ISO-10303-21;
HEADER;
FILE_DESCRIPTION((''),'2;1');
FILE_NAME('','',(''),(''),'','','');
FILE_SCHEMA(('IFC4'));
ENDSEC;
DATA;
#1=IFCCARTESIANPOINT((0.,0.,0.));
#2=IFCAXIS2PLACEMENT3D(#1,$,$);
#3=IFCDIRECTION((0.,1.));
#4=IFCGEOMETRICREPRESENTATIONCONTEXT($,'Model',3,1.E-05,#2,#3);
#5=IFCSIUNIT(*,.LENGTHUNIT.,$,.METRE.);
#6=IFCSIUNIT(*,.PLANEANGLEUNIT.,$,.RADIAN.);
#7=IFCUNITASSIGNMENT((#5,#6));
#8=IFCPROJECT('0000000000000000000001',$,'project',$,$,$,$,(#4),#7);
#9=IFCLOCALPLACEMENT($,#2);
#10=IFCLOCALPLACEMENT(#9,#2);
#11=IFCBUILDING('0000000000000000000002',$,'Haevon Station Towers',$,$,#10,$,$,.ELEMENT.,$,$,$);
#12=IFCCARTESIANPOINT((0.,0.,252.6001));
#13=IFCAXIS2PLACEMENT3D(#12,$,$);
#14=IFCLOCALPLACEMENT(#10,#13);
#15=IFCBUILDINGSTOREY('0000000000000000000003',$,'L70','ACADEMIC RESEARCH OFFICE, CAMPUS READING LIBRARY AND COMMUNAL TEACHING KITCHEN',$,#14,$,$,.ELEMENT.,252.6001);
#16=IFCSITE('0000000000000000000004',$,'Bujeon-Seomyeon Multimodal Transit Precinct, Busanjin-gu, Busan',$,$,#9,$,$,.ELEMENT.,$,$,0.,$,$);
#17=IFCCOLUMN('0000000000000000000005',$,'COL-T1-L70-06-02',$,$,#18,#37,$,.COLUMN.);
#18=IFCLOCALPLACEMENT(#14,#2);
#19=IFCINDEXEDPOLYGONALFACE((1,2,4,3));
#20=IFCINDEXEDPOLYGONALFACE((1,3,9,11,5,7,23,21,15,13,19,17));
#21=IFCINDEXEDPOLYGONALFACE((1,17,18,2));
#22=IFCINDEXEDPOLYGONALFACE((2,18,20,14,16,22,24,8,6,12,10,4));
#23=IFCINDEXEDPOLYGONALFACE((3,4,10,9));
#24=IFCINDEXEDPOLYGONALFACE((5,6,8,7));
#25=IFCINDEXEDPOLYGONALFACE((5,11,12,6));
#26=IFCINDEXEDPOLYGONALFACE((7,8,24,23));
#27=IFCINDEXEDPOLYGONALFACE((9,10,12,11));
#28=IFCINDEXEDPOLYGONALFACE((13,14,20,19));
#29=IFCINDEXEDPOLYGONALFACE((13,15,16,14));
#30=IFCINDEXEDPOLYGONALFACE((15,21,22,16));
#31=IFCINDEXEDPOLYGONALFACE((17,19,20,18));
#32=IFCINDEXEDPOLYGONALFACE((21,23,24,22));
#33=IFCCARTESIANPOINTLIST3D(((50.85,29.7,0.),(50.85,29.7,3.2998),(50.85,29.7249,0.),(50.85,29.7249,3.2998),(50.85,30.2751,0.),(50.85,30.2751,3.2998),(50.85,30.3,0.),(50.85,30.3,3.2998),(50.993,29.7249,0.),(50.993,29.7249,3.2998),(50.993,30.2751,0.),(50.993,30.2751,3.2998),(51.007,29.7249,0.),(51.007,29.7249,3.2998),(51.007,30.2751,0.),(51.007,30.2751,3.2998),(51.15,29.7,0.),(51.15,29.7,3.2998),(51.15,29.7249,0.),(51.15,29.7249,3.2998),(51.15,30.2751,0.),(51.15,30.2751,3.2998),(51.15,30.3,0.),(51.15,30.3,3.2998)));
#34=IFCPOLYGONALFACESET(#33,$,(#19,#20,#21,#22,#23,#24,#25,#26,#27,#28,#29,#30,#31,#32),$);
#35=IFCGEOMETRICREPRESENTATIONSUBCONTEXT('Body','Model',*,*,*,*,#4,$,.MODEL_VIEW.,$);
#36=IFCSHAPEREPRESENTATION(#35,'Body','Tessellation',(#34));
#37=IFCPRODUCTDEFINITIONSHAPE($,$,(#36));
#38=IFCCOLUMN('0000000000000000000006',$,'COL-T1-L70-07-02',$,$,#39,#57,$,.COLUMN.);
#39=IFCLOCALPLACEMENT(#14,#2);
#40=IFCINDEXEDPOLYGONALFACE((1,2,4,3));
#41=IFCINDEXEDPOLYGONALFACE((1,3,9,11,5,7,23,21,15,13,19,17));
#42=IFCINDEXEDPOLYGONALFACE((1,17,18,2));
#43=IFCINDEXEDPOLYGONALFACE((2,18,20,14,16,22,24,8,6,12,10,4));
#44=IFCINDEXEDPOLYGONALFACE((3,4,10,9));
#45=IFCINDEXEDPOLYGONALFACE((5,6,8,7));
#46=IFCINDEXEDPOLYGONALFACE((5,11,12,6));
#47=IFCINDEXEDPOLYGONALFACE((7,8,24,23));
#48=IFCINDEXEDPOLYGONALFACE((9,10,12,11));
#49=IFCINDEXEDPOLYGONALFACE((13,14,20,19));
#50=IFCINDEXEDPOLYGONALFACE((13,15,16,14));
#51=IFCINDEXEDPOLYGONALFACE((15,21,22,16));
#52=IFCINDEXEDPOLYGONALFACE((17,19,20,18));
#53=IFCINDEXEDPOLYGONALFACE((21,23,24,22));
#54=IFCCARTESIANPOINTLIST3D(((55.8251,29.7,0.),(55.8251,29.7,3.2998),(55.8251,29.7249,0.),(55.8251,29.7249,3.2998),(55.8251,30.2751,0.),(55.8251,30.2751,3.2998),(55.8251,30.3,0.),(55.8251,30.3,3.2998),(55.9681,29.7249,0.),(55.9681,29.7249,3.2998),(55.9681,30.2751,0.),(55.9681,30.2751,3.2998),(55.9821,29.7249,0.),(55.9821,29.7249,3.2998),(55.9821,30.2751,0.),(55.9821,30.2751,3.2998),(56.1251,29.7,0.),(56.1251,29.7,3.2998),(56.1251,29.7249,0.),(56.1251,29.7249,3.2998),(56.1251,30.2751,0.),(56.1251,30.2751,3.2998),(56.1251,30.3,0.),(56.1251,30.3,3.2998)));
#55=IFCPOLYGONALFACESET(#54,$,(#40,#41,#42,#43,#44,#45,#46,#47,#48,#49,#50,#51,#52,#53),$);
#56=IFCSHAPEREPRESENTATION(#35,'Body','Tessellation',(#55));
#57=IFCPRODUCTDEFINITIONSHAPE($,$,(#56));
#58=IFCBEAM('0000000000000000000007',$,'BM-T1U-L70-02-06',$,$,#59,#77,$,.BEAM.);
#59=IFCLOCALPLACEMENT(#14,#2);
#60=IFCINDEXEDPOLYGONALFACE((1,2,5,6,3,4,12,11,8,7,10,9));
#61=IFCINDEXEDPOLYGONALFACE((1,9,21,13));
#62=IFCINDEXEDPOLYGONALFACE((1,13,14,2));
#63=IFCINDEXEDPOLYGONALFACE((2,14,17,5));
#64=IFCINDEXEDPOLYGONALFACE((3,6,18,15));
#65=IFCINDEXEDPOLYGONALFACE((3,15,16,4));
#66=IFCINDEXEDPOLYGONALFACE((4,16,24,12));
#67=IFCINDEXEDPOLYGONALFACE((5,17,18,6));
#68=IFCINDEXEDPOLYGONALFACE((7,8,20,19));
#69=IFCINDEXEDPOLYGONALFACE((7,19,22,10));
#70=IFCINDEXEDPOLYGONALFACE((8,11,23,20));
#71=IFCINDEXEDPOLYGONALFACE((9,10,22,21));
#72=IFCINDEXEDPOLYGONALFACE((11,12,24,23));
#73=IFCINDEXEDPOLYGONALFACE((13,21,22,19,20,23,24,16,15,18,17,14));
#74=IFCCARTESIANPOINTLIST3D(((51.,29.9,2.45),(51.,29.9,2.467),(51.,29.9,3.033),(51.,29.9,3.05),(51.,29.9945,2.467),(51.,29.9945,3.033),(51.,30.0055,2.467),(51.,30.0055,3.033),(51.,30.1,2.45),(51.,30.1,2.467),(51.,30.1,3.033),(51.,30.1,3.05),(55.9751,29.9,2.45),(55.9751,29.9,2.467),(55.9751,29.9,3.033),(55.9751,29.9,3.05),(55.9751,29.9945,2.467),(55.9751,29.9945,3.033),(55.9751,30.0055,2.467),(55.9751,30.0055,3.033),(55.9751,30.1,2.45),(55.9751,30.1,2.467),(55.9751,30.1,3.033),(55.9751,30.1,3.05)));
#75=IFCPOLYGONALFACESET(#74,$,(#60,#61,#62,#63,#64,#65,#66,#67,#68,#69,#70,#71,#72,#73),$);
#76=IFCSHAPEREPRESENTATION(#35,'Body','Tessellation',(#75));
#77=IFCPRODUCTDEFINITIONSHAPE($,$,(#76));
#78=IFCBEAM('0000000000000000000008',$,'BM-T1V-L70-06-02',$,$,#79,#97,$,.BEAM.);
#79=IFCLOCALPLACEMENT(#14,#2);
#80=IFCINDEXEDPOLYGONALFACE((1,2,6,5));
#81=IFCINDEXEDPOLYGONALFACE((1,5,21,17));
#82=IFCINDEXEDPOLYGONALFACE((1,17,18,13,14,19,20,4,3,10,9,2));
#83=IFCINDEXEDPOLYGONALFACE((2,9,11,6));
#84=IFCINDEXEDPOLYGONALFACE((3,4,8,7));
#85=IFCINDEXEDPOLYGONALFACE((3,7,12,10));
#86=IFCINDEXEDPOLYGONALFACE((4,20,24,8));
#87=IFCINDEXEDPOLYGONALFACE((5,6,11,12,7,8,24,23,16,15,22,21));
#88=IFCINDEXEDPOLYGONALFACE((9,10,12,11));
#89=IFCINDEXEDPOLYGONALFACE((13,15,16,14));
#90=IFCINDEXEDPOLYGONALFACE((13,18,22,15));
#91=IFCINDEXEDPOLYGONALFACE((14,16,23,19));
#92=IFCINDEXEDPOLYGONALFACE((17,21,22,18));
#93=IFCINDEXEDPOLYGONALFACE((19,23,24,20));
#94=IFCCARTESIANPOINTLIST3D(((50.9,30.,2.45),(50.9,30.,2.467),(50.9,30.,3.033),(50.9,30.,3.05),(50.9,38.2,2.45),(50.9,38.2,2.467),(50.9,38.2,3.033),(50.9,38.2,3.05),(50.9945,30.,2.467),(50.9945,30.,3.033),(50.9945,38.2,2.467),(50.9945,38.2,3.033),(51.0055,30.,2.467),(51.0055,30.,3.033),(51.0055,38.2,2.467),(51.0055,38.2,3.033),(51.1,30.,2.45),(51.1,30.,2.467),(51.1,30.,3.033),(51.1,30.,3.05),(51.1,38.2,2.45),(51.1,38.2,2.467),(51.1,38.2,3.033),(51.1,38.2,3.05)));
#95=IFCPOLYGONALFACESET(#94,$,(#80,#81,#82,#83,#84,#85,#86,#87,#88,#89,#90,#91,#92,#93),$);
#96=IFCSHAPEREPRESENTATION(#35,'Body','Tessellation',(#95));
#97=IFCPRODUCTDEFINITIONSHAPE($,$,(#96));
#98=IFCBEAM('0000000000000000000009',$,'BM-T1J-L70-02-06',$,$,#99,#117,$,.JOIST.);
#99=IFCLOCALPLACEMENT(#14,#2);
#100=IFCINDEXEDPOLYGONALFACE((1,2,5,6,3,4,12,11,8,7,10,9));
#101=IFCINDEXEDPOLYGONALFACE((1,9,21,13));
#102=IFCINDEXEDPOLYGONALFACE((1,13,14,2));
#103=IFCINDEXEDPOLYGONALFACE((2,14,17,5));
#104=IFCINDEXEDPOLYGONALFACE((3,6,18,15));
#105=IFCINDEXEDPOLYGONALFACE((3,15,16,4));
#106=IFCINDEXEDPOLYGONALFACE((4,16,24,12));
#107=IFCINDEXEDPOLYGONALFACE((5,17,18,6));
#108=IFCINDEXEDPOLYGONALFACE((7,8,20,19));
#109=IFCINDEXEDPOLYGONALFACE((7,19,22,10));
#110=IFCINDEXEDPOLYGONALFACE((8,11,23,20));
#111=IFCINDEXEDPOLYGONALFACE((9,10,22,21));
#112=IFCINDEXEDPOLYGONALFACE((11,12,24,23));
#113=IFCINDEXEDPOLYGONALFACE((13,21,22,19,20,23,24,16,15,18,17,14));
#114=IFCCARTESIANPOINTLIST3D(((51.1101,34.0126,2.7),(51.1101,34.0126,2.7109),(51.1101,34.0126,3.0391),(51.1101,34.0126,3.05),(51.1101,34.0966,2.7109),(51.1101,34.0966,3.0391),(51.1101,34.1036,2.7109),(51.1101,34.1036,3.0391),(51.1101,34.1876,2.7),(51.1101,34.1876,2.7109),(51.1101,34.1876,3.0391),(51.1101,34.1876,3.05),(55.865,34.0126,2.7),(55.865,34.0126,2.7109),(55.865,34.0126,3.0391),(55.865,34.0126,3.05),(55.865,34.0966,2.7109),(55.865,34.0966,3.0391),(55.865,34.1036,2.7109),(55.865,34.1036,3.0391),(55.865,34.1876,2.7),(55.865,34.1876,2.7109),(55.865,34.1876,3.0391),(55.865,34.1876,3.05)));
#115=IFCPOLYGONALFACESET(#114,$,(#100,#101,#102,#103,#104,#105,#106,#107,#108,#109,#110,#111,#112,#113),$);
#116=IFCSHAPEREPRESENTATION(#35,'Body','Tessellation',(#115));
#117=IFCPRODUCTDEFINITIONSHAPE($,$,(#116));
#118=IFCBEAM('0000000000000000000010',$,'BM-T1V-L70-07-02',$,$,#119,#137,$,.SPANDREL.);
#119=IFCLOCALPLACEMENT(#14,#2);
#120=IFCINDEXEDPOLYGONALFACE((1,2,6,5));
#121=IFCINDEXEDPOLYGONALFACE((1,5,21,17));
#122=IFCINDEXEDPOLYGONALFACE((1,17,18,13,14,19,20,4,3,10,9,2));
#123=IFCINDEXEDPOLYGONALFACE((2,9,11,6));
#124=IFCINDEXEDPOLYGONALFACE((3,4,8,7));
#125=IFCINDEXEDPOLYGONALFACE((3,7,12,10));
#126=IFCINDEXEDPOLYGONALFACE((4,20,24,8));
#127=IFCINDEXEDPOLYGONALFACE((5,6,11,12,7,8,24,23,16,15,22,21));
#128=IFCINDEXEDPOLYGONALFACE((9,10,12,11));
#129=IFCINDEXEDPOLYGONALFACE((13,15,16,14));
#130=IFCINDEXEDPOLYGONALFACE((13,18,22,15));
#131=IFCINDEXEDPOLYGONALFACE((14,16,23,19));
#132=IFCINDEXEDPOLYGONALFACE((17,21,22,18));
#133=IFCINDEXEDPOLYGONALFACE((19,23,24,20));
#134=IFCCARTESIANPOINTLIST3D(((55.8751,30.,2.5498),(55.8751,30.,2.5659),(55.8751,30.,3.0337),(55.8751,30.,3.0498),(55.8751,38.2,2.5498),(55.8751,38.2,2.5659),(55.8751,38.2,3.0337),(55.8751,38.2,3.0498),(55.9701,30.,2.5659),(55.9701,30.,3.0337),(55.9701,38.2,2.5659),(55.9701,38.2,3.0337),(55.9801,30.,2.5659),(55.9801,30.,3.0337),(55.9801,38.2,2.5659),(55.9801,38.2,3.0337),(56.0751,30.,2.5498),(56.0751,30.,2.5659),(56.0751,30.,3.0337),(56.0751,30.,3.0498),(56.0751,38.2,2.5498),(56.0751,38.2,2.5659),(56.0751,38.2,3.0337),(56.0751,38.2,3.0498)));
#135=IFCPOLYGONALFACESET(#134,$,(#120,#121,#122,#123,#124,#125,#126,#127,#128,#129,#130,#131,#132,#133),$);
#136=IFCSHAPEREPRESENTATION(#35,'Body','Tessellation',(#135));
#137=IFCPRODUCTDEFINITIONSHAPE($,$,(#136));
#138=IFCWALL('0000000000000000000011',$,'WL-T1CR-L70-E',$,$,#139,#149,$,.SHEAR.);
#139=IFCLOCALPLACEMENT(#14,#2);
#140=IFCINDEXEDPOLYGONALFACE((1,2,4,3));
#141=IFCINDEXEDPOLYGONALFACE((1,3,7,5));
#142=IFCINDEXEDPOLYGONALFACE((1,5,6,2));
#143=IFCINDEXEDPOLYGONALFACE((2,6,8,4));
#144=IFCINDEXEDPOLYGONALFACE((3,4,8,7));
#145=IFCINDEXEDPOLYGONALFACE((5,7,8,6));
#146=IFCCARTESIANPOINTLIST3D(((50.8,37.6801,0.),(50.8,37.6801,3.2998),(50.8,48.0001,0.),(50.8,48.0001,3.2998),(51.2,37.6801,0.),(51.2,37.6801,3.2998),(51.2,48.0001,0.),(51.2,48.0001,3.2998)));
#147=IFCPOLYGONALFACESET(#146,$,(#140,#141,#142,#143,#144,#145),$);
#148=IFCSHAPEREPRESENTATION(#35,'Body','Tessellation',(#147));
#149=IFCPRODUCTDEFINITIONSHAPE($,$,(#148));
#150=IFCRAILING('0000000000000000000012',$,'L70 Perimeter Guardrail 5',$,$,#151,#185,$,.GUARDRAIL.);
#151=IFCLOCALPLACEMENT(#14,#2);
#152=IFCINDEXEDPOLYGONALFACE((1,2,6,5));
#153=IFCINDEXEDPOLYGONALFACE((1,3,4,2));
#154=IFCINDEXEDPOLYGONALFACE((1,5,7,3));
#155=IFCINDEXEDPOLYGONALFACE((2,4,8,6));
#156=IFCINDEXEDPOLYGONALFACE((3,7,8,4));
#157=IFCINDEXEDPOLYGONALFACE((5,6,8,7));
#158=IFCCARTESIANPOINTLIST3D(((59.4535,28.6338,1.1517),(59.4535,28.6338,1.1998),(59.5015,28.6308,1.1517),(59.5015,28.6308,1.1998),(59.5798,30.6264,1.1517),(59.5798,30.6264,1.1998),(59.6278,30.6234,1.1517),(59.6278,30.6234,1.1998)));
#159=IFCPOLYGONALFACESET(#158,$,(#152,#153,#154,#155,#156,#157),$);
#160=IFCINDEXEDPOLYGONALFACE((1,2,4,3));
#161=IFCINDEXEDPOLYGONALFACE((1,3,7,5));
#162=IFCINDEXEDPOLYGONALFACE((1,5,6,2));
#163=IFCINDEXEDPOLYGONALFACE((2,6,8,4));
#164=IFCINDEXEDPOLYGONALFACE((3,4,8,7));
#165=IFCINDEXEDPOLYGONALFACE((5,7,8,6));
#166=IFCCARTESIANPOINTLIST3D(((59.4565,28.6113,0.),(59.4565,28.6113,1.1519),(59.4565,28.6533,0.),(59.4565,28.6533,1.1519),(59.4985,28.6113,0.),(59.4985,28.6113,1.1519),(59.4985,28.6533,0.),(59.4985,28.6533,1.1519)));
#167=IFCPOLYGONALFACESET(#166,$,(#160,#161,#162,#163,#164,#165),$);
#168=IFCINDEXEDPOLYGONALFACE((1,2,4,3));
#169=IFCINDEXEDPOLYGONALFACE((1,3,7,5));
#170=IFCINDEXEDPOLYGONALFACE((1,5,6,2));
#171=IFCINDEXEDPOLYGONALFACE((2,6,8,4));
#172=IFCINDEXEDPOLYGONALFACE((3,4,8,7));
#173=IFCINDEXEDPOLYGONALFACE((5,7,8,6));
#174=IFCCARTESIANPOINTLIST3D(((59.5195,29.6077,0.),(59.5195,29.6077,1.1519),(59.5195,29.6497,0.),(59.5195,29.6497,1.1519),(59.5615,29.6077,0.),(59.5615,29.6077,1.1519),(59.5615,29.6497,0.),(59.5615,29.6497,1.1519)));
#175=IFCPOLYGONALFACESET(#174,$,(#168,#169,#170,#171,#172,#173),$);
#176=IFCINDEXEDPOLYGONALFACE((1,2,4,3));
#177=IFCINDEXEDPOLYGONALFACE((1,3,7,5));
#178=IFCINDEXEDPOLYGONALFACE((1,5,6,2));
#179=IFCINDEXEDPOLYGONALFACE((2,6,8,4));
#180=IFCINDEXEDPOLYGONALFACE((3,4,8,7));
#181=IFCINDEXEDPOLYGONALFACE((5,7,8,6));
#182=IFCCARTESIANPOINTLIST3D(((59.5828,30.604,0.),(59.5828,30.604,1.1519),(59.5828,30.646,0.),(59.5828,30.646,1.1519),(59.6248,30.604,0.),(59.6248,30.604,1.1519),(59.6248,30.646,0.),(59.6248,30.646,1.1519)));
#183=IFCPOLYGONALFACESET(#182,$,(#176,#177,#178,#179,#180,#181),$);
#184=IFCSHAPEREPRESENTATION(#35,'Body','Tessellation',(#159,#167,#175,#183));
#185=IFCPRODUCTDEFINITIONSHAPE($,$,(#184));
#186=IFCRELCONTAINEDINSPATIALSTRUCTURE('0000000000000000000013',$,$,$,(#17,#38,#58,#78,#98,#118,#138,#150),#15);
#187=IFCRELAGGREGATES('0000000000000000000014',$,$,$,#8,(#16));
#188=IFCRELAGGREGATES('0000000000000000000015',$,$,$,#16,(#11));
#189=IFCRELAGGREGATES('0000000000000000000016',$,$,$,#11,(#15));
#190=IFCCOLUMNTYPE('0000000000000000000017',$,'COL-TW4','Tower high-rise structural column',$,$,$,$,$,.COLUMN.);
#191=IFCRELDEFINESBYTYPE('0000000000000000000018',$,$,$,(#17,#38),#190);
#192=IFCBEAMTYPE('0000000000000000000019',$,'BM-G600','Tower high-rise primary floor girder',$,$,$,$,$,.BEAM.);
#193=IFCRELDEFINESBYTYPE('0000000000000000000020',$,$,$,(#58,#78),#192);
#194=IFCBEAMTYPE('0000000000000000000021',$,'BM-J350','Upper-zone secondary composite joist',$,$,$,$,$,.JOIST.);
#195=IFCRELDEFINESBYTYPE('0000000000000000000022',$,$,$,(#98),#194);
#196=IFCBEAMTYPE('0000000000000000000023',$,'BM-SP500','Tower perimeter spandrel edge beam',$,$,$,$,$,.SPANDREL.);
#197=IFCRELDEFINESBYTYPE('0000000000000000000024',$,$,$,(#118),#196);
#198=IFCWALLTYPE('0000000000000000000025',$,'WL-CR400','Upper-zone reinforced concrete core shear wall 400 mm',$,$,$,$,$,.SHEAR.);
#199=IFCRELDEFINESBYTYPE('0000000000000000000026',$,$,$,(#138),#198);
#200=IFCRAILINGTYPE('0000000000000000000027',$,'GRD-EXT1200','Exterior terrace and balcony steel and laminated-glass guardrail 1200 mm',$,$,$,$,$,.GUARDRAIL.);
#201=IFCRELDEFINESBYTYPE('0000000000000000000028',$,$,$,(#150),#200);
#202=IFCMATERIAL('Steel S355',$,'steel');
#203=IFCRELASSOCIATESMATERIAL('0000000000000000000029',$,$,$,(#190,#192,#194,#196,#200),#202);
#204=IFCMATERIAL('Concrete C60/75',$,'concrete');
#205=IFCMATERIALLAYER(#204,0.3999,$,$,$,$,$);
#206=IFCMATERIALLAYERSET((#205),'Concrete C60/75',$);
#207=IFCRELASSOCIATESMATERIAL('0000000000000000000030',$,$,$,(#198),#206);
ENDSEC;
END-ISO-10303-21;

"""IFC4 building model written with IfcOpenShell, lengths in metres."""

from ifc_helpers import new_model, si_unit, direction, frame, frame_2d, origin, origin_2d, place, context, subcontext, project, spatial, rectangle, i_section, extrude, material, layer, layer_set, material_profile, profile_set, type_object, element, save


model = new_model("IFC4")

# Units and contexts
model_context = context("Model", 3, precision=1e-05, world=origin(), true_north=direction((0.0, 1.0)))
body_context = subcontext(model_context, "Body", "Model", "MODEL_VIEW")
ifc_project = project(units=[si_unit("LENGTHUNIT", "METRE"), si_unit("PLANEANGLEUNIT", "RADIAN")], contexts=[model_context])

# Site, building, storey
site_placement = place(None, origin())
site = spatial("IfcSite", under=ifc_project, at=site_placement, Name="Bujeon-Seomyeon Multimodal Transit Precinct, Busanjin-gu, Busan", CompositionType="ELEMENT", RefElevation=0.0)
building_placement = place(site_placement, origin())
building = spatial("IfcBuilding", under=site, at=building_placement, Name="Haevon Station Towers", CompositionType="ELEMENT")
storey_placement = place(building_placement, frame((0.0, 0.0, 252.6001)))
storey = spatial("IfcBuildingStorey", under=building, at=storey_placement, Name="L70", Description="ACADEMIC RESEARCH OFFICE, CAMPUS READING LIBRARY AND COMMUNAL TEACHING KITCHEN", CompositionType="ELEMENT", Elevation=252.6001)

# Columns
ifc_material_1 = material(Name="Steel S355", Category="steel")
ifc_material_profile_1 = material_profile(ifc_material_1, i_section(OverallWidth=0.3, OverallDepth=0.6001, WebThickness=0.0139, FlangeThickness=0.0249, at=origin_2d()), Name="H-600x300x14x25")
ifc_profile_set_1 = profile_set([ifc_material_profile_1], Name="Steel S355")
column_type = type_object("IfcColumnType", Name="COL-TW4", Description="Tower high-rise structural column", PredefinedType="COLUMN", material=ifc_profile_set_1)
for number, where, z_axis, x_axis, name in (
    (1, (51.0, 30.0, 0.0), (0.0, 0.0, 1.0), (1.0, 0.0, 0.0), "COL-T1-L70-06-02"),
    (2, (55.9751, 30.0, 0.0), (0.0, 0.0, 1.0), (1.0, 0.0, 0.0), "COL-T1-L70-07-02"),
):
    element("IfcColumn", number, at=place(storey_placement, frame(where, z_axis=z_axis, x_axis=x_axis)), inside=storey, type_object=column_type, Name=name, PredefinedType="COLUMN", context=body_context, shape_type="SweptSolid", body=[
        extrude(i_section(OverallWidth=0.3, OverallDepth=0.6001, WebThickness=0.0139, FlangeThickness=0.0249, at=origin_2d()), origin(), (0.0, 0.0, 1.0), 3.2998),
    ])

# Beams
ifc_material_profile_2 = material_profile(ifc_material_1, i_section(OverallWidth=0.2, OverallDepth=0.6001, WebThickness=0.011, FlangeThickness=0.0171, at=origin_2d()), Name="H-600x200x11x17")
ifc_profile_set_2 = profile_set([ifc_material_profile_2], Name="Steel S355")
beam_type_1 = type_object("IfcBeamType", Name="BM-G600", Description="Tower high-rise primary floor girder", PredefinedType="BEAM", material=ifc_profile_set_2)
beam_1_placement = place(storey_placement, frame((51.0, 30.0, 2.75), z_axis=(1.0, 0.0, 0.0), x_axis=(0.0, 1.0, 0.0)))
element("IfcBeam", 3, at=beam_1_placement, inside=storey, type_object=beam_type_1, Name="BM-T1U-L70-02-06", PredefinedType="BEAM", context=body_context, shape_type="SweptSolid", body=[
    extrude(i_section(OverallWidth=0.2, OverallDepth=0.6001, WebThickness=0.011, FlangeThickness=0.0171, at=origin_2d()), origin(), (0.0, 0.0, 1.0), 4.9751),
])
beam_2_placement = place(storey_placement, frame((51.0, 30.0, 2.75), z_axis=(0.0, 1.0, 0.0), x_axis=(-1.0, 0.0, 0.0)))
element("IfcBeam", 4, at=beam_2_placement, inside=storey, type_object=beam_type_1, Name="BM-T1V-L70-06-02", PredefinedType="BEAM", context=body_context, shape_type="SweptSolid", body=[
    extrude(i_section(OverallWidth=0.2, OverallDepth=0.6001, WebThickness=0.011, FlangeThickness=0.0171, at=origin_2d()), origin(), (0.0, 0.0, 1.0), 8.2),
])
ifc_material_profile_3 = material_profile(ifc_material_1, i_section(OverallWidth=0.175, OverallDepth=0.3501, WebThickness=0.0071, FlangeThickness=0.011, at=origin_2d()), Name="H-350x175x7x11")
ifc_profile_set_3 = profile_set([ifc_material_profile_3], Name="Steel S355")
beam_type_2 = type_object("IfcBeamType", Name="BM-J350", Description="Upper-zone secondary composite joist", PredefinedType="JOIST", material=ifc_profile_set_3)
beam_3_placement = place(storey_placement, frame((51.1101, 34.1001, 2.875), z_axis=(1.0, 0.0, 0.0), x_axis=(0.0, 1.0, 0.0)))
element("IfcBeam", 5, at=beam_3_placement, inside=storey, type_object=beam_type_2, Name="BM-T1J-L70-02-06", PredefinedType="JOIST", context=body_context, shape_type="SweptSolid", body=[
    extrude(i_section(OverallWidth=0.175, OverallDepth=0.3501, WebThickness=0.0071, FlangeThickness=0.011, at=origin_2d()), origin(), (0.0, 0.0, 1.0), 4.7549),
])
ifc_material_profile_4 = material_profile(ifc_material_1, i_section(OverallWidth=0.2, OverallDepth=0.5, WebThickness=0.01, FlangeThickness=0.0161, at=origin_2d()), Name="H-500x200x10x16")
ifc_profile_set_4 = profile_set([ifc_material_profile_4], Name="Steel S355")
beam_type_3 = type_object("IfcBeamType", Name="BM-SP500", Description="Tower perimeter spandrel edge beam", PredefinedType="SPANDREL", material=ifc_profile_set_4)
beam_4_placement = place(storey_placement, frame((55.9751, 30.0, 2.7998), z_axis=(0.0, 1.0, 0.0), x_axis=(-1.0, 0.0, 0.0)))
element("IfcBeam", 6, at=beam_4_placement, inside=storey, type_object=beam_type_3, Name="BM-T1V-L70-07-02", PredefinedType="SPANDREL", context=body_context, shape_type="SweptSolid", body=[
    extrude(i_section(OverallWidth=0.2, OverallDepth=0.5, WebThickness=0.01, FlangeThickness=0.0161, at=origin_2d()), origin(), (0.0, 0.0, 1.0), 8.2),
])

# Wall
ifc_material_2 = material(Name="Concrete C60/75", Category="concrete")
ifc_layer_1 = layer(ifc_material_2, 0.3999)
ifc_layer_set_1 = layer_set([ifc_layer_1], Name="Concrete C60/75")
wall_type = type_object("IfcWallType", Name="WL-CR400", Description="Upper-zone reinforced concrete core shear wall 400 mm", PredefinedType="SHEAR", material=ifc_layer_set_1)
wall_placement = place(storey_placement, frame((51.0, 37.6799, 0.0), z_axis=(0.0, 0.0, 1.0), x_axis=(0.0, 1.0, 0.0)))
element("IfcWall", 7, at=wall_placement, inside=storey, type_object=wall_type, Name="WL-T1CR-L70-E", PredefinedType="SHEAR", context=body_context, shape_type="SweptSolid", body=[
    extrude(rectangle(XDim=10.3201, YDim=0.3999, at=frame_2d((5.1602, 0.0))), origin(), (0.0, 0.0, 1.0), 3.2998),
])

# Railing
railing_type = type_object("IfcRailingType", Name="GRD-EXT1200", Description="Exterior terrace and balcony steel and laminated-glass guardrail 1200 mm", PredefinedType="GUARDRAIL", material=ifc_material_1)
railing_1_placement = place(storey_placement, frame((59.4775, 28.6323, 0.0)))
element("IfcRailing", 8, at=railing_1_placement, inside=storey, type_object=railing_type, Name="L70 Perimeter Guardrail 5", PredefinedType="GUARDRAIL", context=body_context, shape_type="SweptSolid", body=[
    extrude(rectangle(XDim=0.0481, YDim=0.0481, at=origin_2d()), frame((0.0, 0.0, 1.1758), z_axis=(0.063216, 0.998, 0.0), x_axis=(-0.998, 0.063216, 0.0)), (0.0, 0.0, 1.0), 1.9966),
    extrude(rectangle(XDim=0.042, YDim=0.042, at=origin_2d()), origin(), (0.0, 0.0, 1.0), 1.1519),
    extrude(rectangle(XDim=0.042, YDim=0.042, at=origin_2d()), frame((0.063, 0.9963, 0.0)), (0.0, 0.0, 1.0), 1.1519),
    extrude(rectangle(XDim=0.042, YDim=0.042, at=origin_2d()), frame((0.1262, 1.9927, 0.0)), (0.0, 0.0, 1.0), 1.1519),
])

save(model, "model.ifc")
